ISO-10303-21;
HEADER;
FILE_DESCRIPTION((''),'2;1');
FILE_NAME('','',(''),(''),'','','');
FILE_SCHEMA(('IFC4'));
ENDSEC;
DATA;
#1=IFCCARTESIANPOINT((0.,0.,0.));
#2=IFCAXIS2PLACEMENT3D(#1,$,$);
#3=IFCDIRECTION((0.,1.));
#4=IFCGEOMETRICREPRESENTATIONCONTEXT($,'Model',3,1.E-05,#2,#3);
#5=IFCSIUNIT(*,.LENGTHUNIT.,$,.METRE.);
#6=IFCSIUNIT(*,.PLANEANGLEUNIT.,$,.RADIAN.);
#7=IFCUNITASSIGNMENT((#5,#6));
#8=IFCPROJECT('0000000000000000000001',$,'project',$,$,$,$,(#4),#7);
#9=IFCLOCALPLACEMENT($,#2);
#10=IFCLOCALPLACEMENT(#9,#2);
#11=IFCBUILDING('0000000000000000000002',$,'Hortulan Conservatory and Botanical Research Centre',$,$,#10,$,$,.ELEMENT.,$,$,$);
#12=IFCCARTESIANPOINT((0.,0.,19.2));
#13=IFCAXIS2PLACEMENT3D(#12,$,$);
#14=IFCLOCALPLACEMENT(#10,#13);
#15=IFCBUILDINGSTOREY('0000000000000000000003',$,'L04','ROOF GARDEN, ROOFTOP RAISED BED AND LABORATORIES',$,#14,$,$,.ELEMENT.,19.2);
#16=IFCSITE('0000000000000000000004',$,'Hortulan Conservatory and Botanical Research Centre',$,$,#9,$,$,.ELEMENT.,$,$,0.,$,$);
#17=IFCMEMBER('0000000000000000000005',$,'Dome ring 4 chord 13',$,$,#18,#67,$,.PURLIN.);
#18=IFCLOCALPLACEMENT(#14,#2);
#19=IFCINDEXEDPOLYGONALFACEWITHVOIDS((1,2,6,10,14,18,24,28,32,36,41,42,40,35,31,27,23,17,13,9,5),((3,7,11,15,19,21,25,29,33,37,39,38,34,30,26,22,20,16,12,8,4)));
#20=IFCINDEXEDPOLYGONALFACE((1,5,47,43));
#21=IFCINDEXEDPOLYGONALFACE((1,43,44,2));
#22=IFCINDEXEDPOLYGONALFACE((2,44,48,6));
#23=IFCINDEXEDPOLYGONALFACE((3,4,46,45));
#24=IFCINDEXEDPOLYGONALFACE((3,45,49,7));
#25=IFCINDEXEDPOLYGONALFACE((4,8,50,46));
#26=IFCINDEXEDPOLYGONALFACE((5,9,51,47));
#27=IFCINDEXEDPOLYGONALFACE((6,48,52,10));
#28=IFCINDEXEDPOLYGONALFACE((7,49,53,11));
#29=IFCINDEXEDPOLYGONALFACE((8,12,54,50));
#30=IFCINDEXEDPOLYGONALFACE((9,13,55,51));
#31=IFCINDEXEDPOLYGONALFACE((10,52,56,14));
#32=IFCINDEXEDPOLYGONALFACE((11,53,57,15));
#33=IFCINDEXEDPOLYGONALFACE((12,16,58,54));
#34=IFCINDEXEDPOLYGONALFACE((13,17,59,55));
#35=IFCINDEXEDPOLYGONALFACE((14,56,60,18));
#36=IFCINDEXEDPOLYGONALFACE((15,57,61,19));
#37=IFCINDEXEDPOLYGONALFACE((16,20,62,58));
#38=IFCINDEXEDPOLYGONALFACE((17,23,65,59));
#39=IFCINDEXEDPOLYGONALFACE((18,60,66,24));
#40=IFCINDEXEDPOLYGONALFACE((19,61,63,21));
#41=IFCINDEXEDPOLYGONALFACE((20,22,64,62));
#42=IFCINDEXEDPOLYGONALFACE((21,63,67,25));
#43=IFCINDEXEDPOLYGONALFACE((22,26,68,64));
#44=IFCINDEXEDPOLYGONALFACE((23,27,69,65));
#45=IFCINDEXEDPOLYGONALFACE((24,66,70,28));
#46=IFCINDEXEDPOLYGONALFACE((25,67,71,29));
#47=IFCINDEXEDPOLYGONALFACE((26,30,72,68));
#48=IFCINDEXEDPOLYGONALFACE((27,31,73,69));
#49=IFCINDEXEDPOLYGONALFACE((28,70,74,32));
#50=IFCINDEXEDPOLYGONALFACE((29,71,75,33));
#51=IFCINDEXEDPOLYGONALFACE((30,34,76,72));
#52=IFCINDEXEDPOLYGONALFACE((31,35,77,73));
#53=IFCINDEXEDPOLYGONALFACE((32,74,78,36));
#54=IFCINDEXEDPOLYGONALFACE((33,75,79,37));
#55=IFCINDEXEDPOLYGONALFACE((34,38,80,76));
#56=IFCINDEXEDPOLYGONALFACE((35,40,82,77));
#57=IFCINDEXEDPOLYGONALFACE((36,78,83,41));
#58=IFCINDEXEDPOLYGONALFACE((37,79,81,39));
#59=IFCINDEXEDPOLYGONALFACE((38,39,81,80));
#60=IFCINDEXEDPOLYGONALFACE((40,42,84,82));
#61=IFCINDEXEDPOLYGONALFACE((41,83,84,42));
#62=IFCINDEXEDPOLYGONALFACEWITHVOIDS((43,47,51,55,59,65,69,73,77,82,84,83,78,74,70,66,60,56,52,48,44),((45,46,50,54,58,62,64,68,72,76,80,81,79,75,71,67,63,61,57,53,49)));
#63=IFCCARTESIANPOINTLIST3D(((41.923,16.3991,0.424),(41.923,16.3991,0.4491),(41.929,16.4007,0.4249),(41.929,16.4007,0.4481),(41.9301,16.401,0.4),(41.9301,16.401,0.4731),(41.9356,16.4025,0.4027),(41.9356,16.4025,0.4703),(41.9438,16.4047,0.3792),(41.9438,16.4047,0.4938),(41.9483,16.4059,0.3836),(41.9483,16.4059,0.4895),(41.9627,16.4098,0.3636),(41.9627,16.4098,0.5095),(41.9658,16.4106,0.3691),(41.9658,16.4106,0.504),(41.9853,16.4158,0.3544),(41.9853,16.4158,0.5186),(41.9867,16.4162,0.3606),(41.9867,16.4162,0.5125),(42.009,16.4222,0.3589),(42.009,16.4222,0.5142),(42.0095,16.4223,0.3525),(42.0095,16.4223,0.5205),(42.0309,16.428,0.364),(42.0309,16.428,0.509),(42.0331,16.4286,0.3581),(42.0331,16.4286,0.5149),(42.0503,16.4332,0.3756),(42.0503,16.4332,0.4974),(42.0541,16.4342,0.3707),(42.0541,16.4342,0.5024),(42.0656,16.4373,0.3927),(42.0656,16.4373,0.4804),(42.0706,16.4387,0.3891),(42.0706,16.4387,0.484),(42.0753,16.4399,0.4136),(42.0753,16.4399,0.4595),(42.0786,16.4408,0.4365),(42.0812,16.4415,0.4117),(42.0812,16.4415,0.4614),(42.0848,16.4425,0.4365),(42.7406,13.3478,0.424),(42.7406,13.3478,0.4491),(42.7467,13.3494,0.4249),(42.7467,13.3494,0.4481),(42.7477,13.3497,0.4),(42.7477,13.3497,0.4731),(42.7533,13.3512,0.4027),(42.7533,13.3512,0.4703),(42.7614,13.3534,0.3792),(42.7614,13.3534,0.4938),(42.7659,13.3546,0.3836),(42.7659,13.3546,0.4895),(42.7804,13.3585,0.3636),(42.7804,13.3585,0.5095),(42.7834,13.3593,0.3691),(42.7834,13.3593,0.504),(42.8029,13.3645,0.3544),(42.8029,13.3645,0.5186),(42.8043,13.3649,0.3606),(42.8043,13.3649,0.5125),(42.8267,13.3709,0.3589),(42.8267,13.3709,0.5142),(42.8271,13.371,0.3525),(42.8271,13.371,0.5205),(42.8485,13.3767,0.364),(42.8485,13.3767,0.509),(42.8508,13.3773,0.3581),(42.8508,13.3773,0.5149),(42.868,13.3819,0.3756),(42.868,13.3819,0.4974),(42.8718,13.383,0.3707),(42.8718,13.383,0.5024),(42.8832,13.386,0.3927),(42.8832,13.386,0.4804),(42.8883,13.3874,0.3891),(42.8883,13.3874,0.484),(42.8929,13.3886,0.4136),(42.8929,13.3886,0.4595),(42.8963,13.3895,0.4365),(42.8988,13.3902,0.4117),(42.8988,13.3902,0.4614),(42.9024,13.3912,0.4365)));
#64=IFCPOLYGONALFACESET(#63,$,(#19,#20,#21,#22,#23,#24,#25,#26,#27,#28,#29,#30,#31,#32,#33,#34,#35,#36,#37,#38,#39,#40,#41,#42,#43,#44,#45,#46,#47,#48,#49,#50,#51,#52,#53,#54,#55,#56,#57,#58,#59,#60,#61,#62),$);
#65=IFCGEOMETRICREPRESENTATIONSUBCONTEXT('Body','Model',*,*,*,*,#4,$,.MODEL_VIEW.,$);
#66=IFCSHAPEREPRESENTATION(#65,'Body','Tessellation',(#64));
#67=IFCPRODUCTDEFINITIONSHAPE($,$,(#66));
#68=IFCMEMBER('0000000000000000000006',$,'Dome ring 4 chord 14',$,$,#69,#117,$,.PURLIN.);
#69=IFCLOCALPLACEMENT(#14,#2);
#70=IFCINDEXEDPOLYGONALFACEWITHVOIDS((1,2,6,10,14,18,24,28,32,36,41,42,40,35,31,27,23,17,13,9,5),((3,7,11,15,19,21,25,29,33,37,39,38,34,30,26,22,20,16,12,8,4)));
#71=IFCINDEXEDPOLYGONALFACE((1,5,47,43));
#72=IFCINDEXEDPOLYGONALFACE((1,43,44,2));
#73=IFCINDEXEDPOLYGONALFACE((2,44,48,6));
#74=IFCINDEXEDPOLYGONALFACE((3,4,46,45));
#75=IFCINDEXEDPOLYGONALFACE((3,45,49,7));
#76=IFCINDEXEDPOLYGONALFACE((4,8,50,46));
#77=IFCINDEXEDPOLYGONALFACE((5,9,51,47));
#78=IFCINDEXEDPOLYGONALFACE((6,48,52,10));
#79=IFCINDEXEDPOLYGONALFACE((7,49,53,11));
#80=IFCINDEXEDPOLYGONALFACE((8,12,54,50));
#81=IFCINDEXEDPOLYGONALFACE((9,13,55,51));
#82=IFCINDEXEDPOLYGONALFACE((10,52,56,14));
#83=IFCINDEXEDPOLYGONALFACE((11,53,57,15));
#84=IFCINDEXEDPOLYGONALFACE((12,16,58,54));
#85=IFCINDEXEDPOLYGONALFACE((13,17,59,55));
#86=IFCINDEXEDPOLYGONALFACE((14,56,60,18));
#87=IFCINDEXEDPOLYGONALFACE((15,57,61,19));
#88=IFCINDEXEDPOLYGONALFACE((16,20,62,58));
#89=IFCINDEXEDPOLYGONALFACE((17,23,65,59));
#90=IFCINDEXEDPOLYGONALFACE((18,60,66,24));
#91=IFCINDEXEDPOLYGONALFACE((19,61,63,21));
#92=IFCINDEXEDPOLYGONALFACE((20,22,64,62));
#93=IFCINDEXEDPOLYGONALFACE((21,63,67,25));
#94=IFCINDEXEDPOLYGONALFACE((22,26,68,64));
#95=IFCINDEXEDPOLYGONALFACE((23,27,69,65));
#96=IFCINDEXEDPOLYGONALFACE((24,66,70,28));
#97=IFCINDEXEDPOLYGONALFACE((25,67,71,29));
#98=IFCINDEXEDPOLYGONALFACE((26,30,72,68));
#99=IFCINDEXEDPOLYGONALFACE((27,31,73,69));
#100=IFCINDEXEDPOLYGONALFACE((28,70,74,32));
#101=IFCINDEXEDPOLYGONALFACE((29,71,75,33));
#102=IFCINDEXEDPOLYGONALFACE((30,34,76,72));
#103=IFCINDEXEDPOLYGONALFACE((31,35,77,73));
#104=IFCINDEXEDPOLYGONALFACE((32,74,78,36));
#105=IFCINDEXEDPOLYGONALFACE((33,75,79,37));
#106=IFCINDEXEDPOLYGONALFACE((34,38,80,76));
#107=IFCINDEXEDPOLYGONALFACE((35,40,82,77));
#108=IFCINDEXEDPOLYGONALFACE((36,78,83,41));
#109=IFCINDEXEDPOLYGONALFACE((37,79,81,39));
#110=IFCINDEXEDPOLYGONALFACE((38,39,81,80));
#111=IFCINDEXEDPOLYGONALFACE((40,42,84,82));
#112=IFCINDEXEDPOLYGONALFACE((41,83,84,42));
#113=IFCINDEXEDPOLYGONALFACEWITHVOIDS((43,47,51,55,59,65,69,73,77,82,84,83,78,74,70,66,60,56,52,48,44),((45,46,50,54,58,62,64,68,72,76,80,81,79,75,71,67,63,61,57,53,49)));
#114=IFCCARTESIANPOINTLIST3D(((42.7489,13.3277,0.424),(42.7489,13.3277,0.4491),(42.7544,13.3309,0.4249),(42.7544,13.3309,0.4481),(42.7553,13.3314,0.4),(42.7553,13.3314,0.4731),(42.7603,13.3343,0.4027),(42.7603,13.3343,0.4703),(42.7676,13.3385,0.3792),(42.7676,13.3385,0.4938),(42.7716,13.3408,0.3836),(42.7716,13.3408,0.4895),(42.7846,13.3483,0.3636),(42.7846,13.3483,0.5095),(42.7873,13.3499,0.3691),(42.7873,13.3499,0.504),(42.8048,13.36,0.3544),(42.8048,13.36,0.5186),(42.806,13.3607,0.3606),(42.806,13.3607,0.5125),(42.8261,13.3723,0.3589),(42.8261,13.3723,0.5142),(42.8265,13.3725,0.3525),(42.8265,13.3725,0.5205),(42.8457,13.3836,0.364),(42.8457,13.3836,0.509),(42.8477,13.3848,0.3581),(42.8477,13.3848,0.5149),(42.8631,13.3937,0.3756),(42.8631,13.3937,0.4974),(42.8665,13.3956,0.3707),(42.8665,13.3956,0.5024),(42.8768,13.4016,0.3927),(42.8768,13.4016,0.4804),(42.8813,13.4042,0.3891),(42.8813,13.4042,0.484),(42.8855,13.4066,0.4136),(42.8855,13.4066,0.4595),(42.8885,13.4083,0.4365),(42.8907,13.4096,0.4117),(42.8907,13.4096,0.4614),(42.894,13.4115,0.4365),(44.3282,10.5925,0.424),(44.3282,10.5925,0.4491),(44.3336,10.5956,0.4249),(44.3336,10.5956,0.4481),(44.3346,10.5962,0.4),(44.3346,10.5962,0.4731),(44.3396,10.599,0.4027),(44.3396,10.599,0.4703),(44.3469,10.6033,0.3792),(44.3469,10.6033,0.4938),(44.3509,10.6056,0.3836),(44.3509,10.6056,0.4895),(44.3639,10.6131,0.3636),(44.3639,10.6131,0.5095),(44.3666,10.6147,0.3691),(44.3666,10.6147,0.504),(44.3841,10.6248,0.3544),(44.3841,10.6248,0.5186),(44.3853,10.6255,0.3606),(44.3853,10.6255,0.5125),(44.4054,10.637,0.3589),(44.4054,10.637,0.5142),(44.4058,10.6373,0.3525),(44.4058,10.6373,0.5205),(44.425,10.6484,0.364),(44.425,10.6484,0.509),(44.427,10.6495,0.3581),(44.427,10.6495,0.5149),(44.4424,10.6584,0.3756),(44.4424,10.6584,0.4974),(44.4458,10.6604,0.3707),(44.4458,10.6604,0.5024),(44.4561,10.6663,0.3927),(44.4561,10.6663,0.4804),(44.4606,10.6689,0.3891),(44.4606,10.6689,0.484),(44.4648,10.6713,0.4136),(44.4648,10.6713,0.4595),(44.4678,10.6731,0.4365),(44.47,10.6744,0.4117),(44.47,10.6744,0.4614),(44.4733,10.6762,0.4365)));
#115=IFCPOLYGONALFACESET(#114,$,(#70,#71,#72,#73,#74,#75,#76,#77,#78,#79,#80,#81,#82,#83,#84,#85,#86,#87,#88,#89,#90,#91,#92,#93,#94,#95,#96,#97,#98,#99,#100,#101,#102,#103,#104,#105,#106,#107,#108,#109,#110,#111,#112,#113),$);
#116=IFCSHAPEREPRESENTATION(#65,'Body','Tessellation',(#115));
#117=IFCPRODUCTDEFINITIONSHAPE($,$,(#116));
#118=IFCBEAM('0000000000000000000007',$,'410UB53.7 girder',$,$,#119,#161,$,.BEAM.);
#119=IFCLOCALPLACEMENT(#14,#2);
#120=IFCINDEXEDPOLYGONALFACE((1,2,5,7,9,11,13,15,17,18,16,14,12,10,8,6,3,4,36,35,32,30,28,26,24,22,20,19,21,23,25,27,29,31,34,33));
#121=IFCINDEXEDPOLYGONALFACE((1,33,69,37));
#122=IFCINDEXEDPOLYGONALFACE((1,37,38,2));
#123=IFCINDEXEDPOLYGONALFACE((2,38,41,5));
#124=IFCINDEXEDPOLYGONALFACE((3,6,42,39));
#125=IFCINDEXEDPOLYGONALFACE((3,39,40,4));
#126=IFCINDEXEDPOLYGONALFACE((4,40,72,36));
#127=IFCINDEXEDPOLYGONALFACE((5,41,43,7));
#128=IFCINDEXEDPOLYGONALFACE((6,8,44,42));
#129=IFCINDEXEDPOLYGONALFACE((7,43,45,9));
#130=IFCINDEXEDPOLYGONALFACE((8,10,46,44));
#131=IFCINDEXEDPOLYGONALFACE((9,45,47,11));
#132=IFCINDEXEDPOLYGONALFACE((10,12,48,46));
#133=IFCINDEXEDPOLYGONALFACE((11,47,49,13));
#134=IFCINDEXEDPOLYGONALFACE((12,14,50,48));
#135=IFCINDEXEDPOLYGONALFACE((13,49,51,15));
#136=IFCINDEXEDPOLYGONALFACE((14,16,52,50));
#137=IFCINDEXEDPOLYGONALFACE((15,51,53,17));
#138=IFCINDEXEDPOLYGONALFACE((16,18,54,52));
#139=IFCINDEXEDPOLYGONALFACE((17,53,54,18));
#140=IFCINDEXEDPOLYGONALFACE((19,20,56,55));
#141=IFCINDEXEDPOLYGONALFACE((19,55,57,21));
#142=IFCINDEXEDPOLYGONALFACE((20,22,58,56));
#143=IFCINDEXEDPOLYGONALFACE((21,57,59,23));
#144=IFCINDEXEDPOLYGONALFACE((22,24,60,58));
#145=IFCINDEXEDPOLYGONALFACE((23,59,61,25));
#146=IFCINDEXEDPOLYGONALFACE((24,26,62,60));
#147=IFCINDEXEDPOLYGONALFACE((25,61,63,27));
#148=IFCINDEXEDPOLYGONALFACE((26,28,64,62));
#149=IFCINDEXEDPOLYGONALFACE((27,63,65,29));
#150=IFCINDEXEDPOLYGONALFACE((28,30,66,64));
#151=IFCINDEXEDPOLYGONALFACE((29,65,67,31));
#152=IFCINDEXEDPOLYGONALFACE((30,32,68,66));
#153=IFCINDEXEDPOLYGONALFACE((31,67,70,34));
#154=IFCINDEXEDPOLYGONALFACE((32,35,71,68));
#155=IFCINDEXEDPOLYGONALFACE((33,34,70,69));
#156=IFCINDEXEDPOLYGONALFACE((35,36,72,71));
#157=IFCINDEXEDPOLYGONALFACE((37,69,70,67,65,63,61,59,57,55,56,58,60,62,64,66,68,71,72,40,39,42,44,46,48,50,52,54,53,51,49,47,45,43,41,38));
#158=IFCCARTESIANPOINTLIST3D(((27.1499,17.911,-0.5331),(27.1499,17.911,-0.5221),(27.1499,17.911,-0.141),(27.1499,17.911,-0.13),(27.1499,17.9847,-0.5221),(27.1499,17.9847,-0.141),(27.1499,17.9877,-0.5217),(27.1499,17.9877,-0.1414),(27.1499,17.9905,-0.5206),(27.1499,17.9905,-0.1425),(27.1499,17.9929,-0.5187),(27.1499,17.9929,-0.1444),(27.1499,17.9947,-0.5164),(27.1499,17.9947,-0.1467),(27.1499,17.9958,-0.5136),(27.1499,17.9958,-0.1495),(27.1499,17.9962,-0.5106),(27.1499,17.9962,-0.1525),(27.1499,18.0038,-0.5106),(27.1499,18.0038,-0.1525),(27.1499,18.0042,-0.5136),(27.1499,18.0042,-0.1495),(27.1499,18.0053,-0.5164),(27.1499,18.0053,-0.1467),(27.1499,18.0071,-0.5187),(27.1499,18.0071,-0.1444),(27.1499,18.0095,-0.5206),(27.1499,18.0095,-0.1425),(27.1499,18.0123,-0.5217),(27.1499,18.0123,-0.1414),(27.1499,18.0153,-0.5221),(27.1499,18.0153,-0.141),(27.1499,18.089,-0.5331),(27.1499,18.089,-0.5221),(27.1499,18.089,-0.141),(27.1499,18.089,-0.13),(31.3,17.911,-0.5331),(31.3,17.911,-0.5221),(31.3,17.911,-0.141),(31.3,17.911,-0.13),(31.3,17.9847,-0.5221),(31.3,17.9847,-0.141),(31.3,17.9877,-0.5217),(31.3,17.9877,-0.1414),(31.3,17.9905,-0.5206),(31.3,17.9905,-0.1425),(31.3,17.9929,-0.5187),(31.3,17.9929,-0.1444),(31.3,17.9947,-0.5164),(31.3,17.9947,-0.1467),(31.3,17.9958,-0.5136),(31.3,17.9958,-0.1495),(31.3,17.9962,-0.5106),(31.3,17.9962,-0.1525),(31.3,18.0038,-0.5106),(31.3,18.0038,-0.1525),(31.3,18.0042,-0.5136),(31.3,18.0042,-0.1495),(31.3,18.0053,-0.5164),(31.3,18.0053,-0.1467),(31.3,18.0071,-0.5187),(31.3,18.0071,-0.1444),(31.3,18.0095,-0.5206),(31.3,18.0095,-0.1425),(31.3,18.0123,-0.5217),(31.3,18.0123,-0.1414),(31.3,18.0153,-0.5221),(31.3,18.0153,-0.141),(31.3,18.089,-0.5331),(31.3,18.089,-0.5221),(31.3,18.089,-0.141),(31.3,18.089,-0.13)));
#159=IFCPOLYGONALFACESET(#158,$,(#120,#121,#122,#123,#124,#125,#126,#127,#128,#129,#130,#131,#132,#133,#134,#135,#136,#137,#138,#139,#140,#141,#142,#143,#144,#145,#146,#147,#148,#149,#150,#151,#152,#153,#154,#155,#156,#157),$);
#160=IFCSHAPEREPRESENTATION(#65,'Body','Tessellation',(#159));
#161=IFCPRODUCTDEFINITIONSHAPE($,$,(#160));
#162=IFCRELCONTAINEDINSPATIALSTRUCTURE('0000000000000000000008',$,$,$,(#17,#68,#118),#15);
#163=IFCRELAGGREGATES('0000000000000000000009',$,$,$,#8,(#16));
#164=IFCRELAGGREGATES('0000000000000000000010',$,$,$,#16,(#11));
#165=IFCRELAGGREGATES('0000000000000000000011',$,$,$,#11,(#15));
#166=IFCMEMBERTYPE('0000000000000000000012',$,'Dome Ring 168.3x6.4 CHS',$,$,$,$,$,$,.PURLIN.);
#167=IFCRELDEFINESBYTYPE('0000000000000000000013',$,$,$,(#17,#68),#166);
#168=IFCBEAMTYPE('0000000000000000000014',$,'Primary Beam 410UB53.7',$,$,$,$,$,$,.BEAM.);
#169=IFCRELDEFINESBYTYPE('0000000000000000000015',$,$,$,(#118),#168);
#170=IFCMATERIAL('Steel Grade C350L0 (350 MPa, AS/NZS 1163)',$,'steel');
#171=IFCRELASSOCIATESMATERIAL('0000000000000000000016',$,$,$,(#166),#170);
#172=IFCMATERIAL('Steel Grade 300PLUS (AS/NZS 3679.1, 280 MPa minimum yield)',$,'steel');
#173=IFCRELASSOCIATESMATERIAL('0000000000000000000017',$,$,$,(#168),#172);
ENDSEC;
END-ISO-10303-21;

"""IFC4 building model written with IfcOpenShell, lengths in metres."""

from ifc_helpers import new_model, si_unit, direction, frame, origin, origin_2d, place, context, subcontext, project, spatial, hollow_circle, i_section, extrude, material, material_profile, profile_set, type_object, element, save


model = new_model("IFC4")

# Units and contexts
model_context = context("Model", 3, precision=1e-05, world=origin(), true_north=direction((0.0, 1.0)))
body_context = subcontext(model_context, "Body", "Model", "MODEL_VIEW")
ifc_project = project(units=[si_unit("LENGTHUNIT", "METRE"), si_unit("PLANEANGLEUNIT", "RADIAN")], contexts=[model_context])

# Site, building, storey
site_placement = place(None, origin())
site = spatial("IfcSite", under=ifc_project, at=site_placement, Name="Hortulan Conservatory and Botanical Research Centre", CompositionType="ELEMENT", RefElevation=0.0)
building_placement = place(site_placement, origin())
building = spatial("IfcBuilding", under=site, at=building_placement, Name="Hortulan Conservatory and Botanical Research Centre", CompositionType="ELEMENT")
storey_placement = place(building_placement, frame((0.0, 0.0, 19.2)))
storey = spatial("IfcBuildingStorey", under=building, at=storey_placement, Name="L04", Description="ROOF GARDEN, ROOFTOP RAISED BED AND LABORATORIES", CompositionType="ELEMENT", Elevation=19.2)

# Shared definitions
ifc_material_1 = material(Name="Steel Grade 300PLUS (AS/NZS 3679.1, 280 MPa minimum yield)", Category="steel")

# Shared definitions
ifc_material_2 = material(Name="Steel Grade C350L0 (350 MPa, AS/NZS 1163)", Category="steel")

# Members
ifc_material_profile_1 = material_profile(ifc_material_2, hollow_circle(Radius=0.0842, WallThickness=0.0063, at=origin_2d()), Name="168.3x6.4CHS")
ifc_profile_set_1 = profile_set([ifc_material_profile_1], Name="Steel Grade C350L0 (350 MPa, AS/NZS 1163)")
member_type_1 = type_object("IfcMemberType", Name="Dome Ring 168.3x6.4 CHS", PredefinedType="PURLIN", material=ifc_profile_set_1)
member_1_placement = place(storey_placement, frame((42.0034, 16.4207, 0.4365), z_axis=(0.258831, -0.965923, 0.0), x_axis=(0.965923, 0.258831, 0.0)))
element("IfcMember", 1, at=member_1_placement, inside=storey, type_object=member_type_1, Name="Dome ring 4 chord 13", PredefinedType="PURLIN", context=body_context, shape_type="SweptSolid", body=[
    extrude(hollow_circle(Radius=0.0842, WallThickness=0.0063, at=origin_2d()), origin(), (0.0, 0.0, 1.0), 3.1589),
])
member_2_placement = place(storey_placement, frame((42.821, 13.3694, 0.4365), z_axis=(0.500021, -0.866013, 0.0), x_axis=(0.866013, 0.500021, 0.0)))
element("IfcMember", 2, at=member_2_placement, inside=storey, type_object=member_type_1, Name="Dome ring 4 chord 14", PredefinedType="PURLIN", context=body_context, shape_type="SweptSolid", body=[
    extrude(hollow_circle(Radius=0.0842, WallThickness=0.0063, at=origin_2d()), origin(), (0.0, 0.0, 1.0), 3.1584),
])

# Beam
ifc_material_profile_2 = material_profile(ifc_material_1, i_section(OverallWidth=0.178, OverallDepth=0.4031, WebThickness=0.0076, FlangeThickness=0.011, FilletRadius=0.0115, at=origin_2d()), Name="410UB53.7")
ifc_profile_set_2 = profile_set([ifc_material_profile_2], Name="Steel Grade 300PLUS (AS/NZS 3679.1, 280 MPa minimum yield)")
beam_type_1 = type_object("IfcBeamType", Name="Primary Beam 410UB53.7", PredefinedType="BEAM", material=ifc_profile_set_2)
beam_1_placement = place(storey_placement, frame((27.1499, 18.0, -0.3315), z_axis=(1.0, 0.0, 0.0), x_axis=(0.0, 1.0, 0.0)))
element("IfcBeam", 3, at=beam_1_placement, inside=storey, type_object=beam_type_1, Name="410UB53.7 girder", PredefinedType="BEAM", context=body_context, shape_type="SweptSolid", body=[
    extrude(i_section(OverallWidth=0.178, OverallDepth=0.4031, WebThickness=0.0076, FlangeThickness=0.011, FilletRadius=0.0115, at=origin_2d()), origin(), (0.0, 0.0, 1.0), 4.1501),
])

save(model, "model.ifc")
